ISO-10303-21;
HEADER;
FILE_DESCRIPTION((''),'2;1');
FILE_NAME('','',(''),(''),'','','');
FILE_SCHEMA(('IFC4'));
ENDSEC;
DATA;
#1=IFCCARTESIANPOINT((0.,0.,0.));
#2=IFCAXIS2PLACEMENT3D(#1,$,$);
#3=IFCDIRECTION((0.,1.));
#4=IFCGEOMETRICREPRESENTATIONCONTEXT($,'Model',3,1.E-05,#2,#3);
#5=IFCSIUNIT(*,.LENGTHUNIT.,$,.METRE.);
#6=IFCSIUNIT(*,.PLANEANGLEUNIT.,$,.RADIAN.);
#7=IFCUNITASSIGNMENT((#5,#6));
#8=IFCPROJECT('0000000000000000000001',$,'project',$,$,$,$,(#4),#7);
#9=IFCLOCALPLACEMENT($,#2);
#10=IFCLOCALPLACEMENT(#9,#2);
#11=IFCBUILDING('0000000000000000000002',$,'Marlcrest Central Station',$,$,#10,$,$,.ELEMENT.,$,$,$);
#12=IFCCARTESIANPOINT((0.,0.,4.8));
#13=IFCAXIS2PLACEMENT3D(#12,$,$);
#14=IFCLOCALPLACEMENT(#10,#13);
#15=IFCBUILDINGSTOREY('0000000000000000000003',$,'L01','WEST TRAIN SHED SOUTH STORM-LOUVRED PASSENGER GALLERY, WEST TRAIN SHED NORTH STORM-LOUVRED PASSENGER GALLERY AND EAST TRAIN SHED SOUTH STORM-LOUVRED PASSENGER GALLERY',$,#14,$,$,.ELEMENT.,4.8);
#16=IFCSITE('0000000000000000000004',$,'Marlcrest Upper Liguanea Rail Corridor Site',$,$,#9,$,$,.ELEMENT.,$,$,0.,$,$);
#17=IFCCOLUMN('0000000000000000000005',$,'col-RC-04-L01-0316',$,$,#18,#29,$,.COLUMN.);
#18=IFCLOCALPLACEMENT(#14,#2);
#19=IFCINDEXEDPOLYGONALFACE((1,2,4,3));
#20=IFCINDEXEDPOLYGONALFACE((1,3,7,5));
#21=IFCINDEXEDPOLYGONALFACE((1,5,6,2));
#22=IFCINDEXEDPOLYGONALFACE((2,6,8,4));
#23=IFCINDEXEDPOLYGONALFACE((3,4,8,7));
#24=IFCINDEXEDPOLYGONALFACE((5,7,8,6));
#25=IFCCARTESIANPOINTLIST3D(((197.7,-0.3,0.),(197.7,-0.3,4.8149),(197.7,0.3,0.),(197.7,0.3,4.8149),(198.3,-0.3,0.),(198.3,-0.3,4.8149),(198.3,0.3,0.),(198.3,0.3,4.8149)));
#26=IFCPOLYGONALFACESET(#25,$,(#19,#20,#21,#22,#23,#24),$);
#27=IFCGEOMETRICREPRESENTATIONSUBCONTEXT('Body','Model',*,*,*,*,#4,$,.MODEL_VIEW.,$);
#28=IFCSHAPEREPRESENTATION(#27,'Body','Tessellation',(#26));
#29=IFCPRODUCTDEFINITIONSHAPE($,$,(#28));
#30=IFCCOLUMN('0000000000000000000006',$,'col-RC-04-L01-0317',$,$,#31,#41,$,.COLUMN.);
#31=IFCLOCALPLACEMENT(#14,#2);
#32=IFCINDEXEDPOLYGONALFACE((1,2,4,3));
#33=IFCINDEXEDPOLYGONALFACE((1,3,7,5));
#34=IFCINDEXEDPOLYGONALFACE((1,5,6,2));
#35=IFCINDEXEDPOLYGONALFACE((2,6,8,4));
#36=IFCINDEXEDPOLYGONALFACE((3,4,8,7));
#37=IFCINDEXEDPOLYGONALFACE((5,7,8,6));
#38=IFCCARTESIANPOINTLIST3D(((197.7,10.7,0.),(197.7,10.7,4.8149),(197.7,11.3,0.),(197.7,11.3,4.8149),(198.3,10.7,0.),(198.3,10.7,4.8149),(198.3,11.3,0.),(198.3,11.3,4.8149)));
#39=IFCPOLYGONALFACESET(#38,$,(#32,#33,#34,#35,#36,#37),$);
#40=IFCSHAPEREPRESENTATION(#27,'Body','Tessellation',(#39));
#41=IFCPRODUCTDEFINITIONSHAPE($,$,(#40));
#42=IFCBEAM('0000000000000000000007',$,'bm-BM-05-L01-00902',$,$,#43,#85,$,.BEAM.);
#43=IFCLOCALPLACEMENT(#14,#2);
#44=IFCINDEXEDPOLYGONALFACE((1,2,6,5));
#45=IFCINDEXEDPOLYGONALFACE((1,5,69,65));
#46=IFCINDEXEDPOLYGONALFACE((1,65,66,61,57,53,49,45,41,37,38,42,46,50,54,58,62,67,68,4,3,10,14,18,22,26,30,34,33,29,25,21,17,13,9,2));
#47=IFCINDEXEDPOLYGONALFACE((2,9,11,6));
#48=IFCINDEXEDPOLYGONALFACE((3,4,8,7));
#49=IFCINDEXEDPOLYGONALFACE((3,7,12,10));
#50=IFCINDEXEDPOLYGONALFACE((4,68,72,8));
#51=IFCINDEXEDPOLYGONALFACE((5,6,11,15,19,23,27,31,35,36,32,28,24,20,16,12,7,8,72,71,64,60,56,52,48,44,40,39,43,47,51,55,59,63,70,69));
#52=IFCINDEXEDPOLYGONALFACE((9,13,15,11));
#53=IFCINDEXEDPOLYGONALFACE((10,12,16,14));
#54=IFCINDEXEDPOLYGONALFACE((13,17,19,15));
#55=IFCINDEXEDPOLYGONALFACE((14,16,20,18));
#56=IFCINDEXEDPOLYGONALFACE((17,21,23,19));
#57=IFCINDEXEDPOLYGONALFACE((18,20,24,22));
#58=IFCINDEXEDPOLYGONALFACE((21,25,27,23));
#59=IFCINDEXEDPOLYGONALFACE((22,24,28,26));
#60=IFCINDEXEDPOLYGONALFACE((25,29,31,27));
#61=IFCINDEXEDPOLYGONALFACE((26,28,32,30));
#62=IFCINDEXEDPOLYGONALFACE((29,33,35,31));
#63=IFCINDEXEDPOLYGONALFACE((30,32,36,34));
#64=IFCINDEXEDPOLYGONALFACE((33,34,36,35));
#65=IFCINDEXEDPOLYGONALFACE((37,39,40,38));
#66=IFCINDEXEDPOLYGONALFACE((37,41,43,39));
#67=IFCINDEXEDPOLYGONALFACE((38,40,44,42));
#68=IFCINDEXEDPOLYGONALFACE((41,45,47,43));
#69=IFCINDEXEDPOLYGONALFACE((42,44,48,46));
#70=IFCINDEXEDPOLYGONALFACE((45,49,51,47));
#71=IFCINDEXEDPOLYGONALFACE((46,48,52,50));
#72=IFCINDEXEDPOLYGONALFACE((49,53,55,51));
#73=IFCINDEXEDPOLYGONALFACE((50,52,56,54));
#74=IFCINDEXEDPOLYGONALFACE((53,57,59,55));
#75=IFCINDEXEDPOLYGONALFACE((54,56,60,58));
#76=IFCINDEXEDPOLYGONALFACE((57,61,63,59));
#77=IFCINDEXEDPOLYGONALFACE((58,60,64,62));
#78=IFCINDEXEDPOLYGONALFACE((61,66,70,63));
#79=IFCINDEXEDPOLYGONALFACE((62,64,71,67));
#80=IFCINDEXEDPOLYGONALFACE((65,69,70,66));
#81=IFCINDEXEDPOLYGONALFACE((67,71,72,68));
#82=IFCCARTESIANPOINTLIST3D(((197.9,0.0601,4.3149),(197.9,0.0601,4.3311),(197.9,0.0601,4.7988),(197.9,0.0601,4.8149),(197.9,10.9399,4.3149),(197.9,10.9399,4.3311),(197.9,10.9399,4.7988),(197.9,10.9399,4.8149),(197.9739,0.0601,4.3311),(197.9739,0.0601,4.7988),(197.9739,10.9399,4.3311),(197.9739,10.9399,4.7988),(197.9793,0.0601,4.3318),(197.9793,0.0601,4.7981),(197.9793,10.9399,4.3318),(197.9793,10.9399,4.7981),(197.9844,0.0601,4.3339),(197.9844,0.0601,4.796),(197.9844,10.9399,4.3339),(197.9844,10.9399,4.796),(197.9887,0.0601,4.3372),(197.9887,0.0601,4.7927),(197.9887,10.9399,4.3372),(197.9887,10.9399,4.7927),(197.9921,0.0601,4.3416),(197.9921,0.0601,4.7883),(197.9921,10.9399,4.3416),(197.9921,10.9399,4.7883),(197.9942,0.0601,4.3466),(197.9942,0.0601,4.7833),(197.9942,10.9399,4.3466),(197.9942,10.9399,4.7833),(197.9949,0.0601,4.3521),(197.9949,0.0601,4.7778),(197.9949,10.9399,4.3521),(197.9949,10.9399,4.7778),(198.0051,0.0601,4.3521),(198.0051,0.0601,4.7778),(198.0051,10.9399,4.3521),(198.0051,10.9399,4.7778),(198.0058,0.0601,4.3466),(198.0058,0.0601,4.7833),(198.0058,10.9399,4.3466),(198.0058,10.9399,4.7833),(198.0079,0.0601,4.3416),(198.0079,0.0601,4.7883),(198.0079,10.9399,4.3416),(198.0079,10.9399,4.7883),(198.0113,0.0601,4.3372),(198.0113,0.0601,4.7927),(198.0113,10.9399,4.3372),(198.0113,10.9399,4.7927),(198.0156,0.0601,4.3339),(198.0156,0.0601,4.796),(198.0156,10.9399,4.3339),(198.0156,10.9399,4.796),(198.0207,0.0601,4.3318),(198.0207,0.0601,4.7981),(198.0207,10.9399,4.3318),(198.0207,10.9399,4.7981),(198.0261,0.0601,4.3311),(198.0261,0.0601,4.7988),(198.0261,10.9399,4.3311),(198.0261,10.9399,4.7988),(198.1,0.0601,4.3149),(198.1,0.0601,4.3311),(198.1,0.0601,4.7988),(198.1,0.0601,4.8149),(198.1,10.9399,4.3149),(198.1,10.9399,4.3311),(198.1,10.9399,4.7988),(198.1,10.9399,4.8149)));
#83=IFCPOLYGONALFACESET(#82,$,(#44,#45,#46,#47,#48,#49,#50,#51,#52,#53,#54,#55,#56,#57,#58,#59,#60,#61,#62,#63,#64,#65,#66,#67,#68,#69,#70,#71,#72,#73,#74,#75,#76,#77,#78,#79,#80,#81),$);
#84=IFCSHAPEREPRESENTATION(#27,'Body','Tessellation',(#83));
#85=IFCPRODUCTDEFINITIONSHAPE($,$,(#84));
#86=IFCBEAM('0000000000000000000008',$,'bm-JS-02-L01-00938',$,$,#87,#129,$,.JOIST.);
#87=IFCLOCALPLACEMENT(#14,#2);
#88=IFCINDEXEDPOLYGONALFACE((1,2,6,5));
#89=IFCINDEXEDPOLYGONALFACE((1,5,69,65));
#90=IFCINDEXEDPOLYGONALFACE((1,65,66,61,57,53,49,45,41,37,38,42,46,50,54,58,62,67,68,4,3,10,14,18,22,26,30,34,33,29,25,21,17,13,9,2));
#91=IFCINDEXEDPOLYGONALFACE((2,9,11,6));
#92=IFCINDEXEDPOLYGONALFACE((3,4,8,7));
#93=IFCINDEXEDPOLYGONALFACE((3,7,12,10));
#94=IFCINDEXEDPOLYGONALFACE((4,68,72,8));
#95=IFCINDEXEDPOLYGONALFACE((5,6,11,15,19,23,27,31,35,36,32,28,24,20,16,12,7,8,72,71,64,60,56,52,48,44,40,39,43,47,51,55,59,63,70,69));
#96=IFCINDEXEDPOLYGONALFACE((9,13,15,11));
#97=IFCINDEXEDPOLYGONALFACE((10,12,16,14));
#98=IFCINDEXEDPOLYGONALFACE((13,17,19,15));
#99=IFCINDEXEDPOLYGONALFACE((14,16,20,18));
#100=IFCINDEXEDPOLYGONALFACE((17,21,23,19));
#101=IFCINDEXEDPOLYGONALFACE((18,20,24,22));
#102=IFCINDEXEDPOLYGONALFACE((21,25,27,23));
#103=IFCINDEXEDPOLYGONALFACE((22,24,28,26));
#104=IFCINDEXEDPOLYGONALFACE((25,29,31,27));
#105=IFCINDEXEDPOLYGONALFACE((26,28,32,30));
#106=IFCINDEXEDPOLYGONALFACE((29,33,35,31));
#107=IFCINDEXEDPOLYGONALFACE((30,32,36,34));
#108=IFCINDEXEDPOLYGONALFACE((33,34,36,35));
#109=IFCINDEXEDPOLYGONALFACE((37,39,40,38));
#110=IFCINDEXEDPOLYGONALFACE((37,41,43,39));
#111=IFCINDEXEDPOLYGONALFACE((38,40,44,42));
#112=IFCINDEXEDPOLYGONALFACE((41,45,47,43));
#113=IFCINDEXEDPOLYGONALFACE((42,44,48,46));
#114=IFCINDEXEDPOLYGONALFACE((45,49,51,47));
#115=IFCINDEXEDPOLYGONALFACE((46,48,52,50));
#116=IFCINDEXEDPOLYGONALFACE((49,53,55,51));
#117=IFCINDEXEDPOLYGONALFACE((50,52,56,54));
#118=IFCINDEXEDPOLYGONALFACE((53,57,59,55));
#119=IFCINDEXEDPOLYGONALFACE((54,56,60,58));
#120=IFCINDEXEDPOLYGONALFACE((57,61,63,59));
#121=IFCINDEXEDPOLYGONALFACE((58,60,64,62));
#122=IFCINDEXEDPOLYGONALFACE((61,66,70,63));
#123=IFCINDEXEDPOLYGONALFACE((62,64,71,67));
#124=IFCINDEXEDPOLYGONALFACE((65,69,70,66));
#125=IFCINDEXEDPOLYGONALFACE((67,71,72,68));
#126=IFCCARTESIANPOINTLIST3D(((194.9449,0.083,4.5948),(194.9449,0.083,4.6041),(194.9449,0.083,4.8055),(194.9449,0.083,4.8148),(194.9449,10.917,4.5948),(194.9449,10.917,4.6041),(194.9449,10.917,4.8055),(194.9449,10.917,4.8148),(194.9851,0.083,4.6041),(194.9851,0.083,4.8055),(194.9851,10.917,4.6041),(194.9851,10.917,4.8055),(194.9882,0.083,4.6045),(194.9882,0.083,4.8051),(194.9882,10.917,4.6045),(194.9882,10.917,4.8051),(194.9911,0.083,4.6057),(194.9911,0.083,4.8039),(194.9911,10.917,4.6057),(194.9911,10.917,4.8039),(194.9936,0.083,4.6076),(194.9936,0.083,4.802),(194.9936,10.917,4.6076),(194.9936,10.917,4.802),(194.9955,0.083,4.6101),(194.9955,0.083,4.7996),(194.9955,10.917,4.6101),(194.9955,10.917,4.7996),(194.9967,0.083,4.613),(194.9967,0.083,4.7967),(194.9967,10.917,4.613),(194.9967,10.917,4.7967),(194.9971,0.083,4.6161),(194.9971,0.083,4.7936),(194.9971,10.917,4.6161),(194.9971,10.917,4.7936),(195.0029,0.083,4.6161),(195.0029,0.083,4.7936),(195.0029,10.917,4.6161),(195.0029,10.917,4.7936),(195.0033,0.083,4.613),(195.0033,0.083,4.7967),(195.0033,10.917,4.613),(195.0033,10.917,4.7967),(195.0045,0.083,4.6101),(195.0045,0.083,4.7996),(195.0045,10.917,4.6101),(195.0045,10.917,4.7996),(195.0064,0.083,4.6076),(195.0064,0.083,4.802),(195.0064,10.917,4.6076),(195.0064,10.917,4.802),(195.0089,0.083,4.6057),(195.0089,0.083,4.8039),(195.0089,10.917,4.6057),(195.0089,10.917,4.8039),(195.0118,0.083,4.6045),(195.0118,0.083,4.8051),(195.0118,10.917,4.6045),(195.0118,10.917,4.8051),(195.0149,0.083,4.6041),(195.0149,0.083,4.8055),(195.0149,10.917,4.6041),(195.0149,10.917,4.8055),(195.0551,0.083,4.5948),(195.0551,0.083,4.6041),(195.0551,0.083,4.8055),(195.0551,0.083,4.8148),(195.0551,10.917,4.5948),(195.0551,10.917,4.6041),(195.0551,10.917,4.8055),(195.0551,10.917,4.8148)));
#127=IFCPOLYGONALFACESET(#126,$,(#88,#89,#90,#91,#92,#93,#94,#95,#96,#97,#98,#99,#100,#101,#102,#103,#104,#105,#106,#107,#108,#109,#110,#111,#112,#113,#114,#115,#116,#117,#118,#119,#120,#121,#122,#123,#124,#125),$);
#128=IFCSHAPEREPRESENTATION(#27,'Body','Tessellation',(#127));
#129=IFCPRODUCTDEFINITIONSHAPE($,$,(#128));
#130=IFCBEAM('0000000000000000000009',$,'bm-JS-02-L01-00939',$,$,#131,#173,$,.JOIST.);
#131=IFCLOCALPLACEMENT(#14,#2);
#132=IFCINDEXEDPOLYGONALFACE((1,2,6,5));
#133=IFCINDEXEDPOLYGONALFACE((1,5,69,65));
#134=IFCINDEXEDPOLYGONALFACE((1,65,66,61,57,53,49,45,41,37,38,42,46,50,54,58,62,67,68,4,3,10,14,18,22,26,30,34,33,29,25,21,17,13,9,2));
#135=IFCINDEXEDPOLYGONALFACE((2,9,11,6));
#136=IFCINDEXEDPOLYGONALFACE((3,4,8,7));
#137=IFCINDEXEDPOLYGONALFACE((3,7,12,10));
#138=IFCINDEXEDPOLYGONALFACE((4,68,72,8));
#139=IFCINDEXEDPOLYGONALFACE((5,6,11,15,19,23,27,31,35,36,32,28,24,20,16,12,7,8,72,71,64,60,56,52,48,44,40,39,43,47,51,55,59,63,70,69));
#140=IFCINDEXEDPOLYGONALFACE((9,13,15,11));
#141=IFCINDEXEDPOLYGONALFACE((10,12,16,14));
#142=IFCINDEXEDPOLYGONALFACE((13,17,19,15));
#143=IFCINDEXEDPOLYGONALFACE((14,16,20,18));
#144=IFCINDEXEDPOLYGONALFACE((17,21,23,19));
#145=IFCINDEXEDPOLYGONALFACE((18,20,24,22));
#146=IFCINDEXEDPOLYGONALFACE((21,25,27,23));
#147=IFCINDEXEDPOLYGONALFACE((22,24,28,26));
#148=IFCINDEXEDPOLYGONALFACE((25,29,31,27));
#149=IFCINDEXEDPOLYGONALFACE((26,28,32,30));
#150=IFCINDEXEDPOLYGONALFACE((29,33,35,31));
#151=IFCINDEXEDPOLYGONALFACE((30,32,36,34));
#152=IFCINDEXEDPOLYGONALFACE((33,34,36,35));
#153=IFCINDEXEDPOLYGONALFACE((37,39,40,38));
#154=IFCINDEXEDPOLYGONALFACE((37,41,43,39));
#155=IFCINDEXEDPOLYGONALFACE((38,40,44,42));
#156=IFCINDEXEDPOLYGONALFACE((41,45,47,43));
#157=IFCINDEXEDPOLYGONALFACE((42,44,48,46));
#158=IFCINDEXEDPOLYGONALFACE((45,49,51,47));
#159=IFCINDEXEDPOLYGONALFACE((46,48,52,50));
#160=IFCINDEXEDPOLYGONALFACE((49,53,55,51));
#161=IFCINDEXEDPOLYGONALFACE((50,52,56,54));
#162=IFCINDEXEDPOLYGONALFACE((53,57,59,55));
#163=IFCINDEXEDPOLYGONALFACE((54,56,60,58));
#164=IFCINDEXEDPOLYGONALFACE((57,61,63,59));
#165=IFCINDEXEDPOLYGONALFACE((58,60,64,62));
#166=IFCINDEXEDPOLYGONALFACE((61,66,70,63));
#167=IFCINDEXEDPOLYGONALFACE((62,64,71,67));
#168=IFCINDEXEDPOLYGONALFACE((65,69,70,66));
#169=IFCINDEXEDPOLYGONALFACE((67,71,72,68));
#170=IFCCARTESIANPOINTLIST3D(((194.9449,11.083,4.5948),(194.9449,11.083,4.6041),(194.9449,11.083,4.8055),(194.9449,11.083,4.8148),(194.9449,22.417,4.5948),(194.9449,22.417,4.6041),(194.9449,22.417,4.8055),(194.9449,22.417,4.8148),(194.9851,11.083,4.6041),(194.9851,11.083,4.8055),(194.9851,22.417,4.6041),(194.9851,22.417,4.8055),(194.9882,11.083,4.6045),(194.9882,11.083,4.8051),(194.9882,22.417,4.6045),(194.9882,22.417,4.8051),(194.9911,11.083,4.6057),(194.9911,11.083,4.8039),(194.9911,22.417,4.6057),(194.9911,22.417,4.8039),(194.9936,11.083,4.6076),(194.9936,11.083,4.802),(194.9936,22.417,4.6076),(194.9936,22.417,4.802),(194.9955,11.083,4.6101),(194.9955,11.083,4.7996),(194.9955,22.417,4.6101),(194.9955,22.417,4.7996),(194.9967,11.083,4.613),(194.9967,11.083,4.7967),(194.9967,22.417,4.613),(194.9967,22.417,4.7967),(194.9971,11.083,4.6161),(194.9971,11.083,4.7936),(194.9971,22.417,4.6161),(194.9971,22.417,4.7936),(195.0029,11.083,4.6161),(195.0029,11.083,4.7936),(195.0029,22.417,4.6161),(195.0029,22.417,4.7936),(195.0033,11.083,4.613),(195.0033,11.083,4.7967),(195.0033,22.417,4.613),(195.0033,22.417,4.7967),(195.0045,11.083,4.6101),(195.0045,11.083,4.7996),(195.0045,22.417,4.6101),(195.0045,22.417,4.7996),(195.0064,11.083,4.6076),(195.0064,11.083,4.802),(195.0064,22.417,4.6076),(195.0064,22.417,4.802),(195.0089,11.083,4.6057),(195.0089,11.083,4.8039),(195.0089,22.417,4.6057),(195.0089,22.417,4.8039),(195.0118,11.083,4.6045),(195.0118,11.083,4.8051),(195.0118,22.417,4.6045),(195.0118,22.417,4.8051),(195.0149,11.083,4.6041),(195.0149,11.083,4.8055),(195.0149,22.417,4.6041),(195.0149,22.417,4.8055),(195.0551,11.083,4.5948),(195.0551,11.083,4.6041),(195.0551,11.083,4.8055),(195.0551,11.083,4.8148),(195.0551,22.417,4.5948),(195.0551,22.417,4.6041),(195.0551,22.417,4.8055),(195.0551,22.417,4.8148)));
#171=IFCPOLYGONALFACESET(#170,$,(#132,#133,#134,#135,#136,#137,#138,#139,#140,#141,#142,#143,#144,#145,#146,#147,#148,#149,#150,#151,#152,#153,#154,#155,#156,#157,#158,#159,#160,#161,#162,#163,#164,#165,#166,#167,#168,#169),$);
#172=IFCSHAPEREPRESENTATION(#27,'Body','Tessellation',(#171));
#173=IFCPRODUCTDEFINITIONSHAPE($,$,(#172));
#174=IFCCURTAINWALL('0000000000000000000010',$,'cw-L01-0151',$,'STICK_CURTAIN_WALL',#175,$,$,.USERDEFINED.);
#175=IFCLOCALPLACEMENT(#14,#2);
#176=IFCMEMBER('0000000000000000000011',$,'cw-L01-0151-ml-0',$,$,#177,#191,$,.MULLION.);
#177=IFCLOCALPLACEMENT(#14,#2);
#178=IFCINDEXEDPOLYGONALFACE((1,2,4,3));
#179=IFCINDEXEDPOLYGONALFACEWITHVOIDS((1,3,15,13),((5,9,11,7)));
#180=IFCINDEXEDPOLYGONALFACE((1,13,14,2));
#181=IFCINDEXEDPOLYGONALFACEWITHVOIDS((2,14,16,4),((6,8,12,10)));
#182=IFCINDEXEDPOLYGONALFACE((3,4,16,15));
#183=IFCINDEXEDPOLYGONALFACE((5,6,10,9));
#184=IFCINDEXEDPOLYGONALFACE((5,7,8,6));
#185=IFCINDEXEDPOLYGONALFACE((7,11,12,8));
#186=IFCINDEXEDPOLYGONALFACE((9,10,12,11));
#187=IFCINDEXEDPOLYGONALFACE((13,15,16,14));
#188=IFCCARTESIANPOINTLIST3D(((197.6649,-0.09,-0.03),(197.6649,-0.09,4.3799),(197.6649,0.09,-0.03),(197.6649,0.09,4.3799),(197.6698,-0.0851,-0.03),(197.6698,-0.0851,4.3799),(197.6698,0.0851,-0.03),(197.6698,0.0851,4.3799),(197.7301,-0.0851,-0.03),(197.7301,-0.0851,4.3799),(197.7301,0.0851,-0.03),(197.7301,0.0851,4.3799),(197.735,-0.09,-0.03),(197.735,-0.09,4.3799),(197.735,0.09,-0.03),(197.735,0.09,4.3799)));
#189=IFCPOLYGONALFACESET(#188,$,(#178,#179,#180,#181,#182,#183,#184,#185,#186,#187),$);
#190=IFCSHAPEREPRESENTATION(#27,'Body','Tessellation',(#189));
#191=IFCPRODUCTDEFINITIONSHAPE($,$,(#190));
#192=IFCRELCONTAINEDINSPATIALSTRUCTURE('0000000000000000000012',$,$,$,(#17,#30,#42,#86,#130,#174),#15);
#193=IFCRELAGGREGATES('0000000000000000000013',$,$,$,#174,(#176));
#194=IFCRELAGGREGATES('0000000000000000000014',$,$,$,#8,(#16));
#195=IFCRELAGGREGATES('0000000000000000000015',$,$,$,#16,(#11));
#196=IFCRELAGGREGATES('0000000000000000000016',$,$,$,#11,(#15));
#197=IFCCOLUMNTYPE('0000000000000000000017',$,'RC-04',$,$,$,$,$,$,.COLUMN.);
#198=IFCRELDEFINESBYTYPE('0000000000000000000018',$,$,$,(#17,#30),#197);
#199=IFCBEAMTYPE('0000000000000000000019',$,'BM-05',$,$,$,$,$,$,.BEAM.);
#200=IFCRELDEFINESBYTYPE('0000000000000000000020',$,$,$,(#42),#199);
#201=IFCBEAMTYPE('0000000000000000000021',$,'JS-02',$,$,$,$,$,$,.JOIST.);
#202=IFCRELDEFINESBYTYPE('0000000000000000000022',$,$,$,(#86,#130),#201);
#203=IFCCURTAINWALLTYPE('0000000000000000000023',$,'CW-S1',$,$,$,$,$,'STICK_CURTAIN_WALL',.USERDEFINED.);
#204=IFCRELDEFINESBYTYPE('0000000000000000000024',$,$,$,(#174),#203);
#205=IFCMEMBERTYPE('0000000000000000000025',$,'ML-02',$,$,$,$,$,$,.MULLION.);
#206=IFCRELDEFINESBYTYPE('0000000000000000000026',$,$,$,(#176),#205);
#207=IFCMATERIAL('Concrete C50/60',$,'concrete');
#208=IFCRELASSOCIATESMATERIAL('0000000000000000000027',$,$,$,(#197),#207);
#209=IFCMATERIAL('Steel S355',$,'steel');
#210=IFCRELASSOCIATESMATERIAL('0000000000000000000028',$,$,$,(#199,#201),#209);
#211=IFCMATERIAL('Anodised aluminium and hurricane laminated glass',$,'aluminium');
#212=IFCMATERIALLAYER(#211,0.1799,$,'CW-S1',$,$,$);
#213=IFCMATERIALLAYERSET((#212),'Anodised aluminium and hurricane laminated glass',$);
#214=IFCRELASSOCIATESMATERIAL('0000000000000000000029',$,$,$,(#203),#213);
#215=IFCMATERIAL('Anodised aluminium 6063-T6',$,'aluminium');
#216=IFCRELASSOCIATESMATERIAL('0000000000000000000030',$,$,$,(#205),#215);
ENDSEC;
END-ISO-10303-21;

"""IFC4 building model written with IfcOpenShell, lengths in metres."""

from ifc_helpers import new_model, si_unit, direction, frame, origin, origin_2d, place, context, subcontext, project, spatial, rectangle, hollow_rectangle, i_section, extrude, material, layer, layer_set, material_profile, profile_set, type_object, element, aggregate, save


model = new_model("IFC4")

# Units and contexts
model_context = context("Model", 3, precision=1e-05, world=origin(), true_north=direction((0.0, 1.0)))
body_context = subcontext(model_context, "Body", "Model", "MODEL_VIEW")
ifc_project = project(units=[si_unit("LENGTHUNIT", "METRE"), si_unit("PLANEANGLEUNIT", "RADIAN")], contexts=[model_context])

# Site, building, storey
site_placement = place(None, origin())
site = spatial("IfcSite", under=ifc_project, at=site_placement, Name="Marlcrest Upper Liguanea Rail Corridor Site", CompositionType="ELEMENT", RefElevation=0.0)
building_placement = place(site_placement, origin())
building = spatial("IfcBuilding", under=site, at=building_placement, Name="Marlcrest Central Station", CompositionType="ELEMENT")
storey_placement = place(building_placement, frame((0.0, 0.0, 4.8)))
storey = spatial("IfcBuildingStorey", under=building, at=storey_placement, Name="L01", Description="WEST TRAIN SHED SOUTH STORM-LOUVRED PASSENGER GALLERY, WEST TRAIN SHED NORTH STORM-LOUVRED PASSENGER GALLERY AND EAST TRAIN SHED SOUTH STORM-LOUVRED PASSENGER GALLERY", CompositionType="ELEMENT", Elevation=4.8)

# Columns
ifc_material_1 = material(Name="Concrete C50/60", Category="concrete")
ifc_material_profile_1 = material_profile(ifc_material_1, rectangle(XDim=0.6001, YDim=0.6001, at=origin_2d()), Name="RC 600x600")
ifc_profile_set_1 = profile_set([ifc_material_profile_1], Name="Concrete C50/60")
column_type = type_object("IfcColumnType", Name="RC-04", PredefinedType="COLUMN", material=ifc_profile_set_1)
for number, where, z_axis, x_axis, name in (
    (1, (198.0, 0.0, 0.0), (0.0, 0.0, 1.0), (1.0, 0.0, 0.0), "col-RC-04-L01-0316"),
    (2, (198.0, 11.0, 0.0), (0.0, 0.0, 1.0), (1.0, 0.0, 0.0), "col-RC-04-L01-0317"),
):
    element("IfcColumn", number, at=place(storey_placement, frame(where, z_axis=z_axis, x_axis=x_axis)), inside=storey, type_object=column_type, Name=name, PredefinedType="COLUMN", context=body_context, shape_type="SweptSolid", body=[
        extrude(rectangle(XDim=0.6001, YDim=0.6001, at=origin_2d()), origin(), (0.0, 0.0, 1.0), 4.8149),
    ])

# Beams
ifc_material_2 = material(Name="Steel S355", Category="steel")
ifc_material_profile_2 = material_profile(ifc_material_2, i_section(OverallWidth=0.2, OverallDepth=0.5, WebThickness=0.0103, FlangeThickness=0.0161, FilletRadius=0.021, at=origin_2d()), Name="IPE 500")
ifc_profile_set_2 = profile_set([ifc_material_profile_2], Name="Steel S355")
beam_type_1 = type_object("IfcBeamType", Name="BM-05", PredefinedType="BEAM", material=ifc_profile_set_2)
beam_1_placement = place(storey_placement, frame((198.0, 0.0601, 4.5649), z_axis=(0.0, 1.0, 0.0), x_axis=(-1.0, 0.0, 0.0)))
element("IfcBeam", 3, at=beam_1_placement, inside=storey, type_object=beam_type_1, Name="bm-BM-05-L01-00902", PredefinedType="BEAM", context=body_context, shape_type="SweptSolid", body=[
    extrude(i_section(OverallWidth=0.2, OverallDepth=0.5, WebThickness=0.0103, FlangeThickness=0.0161, FilletRadius=0.021, at=origin_2d()), origin(), (0.0, 0.0, 1.0), 10.8799),
])
ifc_material_profile_3 = material_profile(ifc_material_2, i_section(OverallWidth=0.1101, OverallDepth=0.22, WebThickness=0.0059, FlangeThickness=0.0093, FilletRadius=0.012, at=origin_2d()), Name="IPE 220")
ifc_profile_set_3 = profile_set([ifc_material_profile_3], Name="Steel S355")
beam_type_2 = type_object("IfcBeamType", Name="JS-02", PredefinedType="JOIST", material=ifc_profile_set_3)
beam_2_placement = place(storey_placement, frame((195.0, 0.083, 4.7048), z_axis=(0.0, 1.0, 0.0), x_axis=(-1.0, 0.0, 0.0)))
element("IfcBeam", 4, at=beam_2_placement, inside=storey, type_object=beam_type_2, Name="bm-JS-02-L01-00938", PredefinedType="JOIST", context=body_context, shape_type="SweptSolid", body=[
    extrude(i_section(OverallWidth=0.1101, OverallDepth=0.22, WebThickness=0.0059, FlangeThickness=0.0093, FilletRadius=0.012, at=origin_2d()), origin(), (0.0, 0.0, 1.0), 10.834),
])
beam_3_placement = place(storey_placement, frame((195.0, 11.083, 4.7048), z_axis=(0.0, 1.0, 0.0), x_axis=(-1.0, 0.0, 0.0)))
element("IfcBeam", 5, at=beam_3_placement, inside=storey, type_object=beam_type_2, Name="bm-JS-02-L01-00939", PredefinedType="JOIST", context=body_context, shape_type="SweptSolid", body=[
    extrude(i_section(OverallWidth=0.1101, OverallDepth=0.22, WebThickness=0.0059, FlangeThickness=0.0093, FilletRadius=0.012, at=origin_2d()), origin(), (0.0, 0.0, 1.0), 11.334),
])

# Curtain wall, member
ifc_material_3 = material(Name="Anodised aluminium and hurricane laminated glass", Category="aluminium")
ifc_layer_1 = layer(ifc_material_3, 0.1799, Name="CW-S1")
ifc_layer_set_1 = layer_set([ifc_layer_1], Name="Anodised aluminium and hurricane laminated glass")
curtain_wall_type = type_object("IfcCurtainWallType", Name="CW-S1", ElementType="STICK_CURTAIN_WALL", PredefinedType="USERDEFINED", material=ifc_layer_set_1)
curtain_wall_placement = place(storey_placement, origin())
curtain_wall = element("IfcCurtainWall", 6, at=curtain_wall_placement, inside=storey, type_object=curtain_wall_type, Name="cw-L01-0151", ObjectType="STICK_CURTAIN_WALL", PredefinedType="USERDEFINED")
ifc_material_4 = material(Name="Anodised aluminium 6063-T6", Category="aluminium")
ifc_material_profile_4 = material_profile(ifc_material_4, hollow_rectangle(XDim=0.0701, YDim=0.1799, WallThickness=0.0049, at=origin_2d()), Name="AA-RHS 180x70x5")
ifc_profile_set_4 = profile_set([ifc_material_profile_4], Name="Anodised aluminium 6063-T6")
member_type_1 = type_object("IfcMemberType", Name="ML-02", PredefinedType="MULLION", material=ifc_profile_set_4)
member_1_placement = place(storey_placement, frame((197.7, 0.0, -0.03), z_axis=(0.0, 0.0, 1.0), x_axis=(1.0, 0.0, 0.0)))
member_1 = element("IfcMember", 7, at=member_1_placement, type_object=member_type_1, Name="cw-L01-0151-ml-0", PredefinedType="MULLION", context=body_context, shape_type="SweptSolid", body=[
    extrude(hollow_rectangle(XDim=0.0701, YDim=0.1799, WallThickness=0.0049, at=origin_2d()), origin(), (0.0, 0.0, 1.0), 4.4099),
])
aggregate(curtain_wall, [member_1])

save(model, "model.ifc")
